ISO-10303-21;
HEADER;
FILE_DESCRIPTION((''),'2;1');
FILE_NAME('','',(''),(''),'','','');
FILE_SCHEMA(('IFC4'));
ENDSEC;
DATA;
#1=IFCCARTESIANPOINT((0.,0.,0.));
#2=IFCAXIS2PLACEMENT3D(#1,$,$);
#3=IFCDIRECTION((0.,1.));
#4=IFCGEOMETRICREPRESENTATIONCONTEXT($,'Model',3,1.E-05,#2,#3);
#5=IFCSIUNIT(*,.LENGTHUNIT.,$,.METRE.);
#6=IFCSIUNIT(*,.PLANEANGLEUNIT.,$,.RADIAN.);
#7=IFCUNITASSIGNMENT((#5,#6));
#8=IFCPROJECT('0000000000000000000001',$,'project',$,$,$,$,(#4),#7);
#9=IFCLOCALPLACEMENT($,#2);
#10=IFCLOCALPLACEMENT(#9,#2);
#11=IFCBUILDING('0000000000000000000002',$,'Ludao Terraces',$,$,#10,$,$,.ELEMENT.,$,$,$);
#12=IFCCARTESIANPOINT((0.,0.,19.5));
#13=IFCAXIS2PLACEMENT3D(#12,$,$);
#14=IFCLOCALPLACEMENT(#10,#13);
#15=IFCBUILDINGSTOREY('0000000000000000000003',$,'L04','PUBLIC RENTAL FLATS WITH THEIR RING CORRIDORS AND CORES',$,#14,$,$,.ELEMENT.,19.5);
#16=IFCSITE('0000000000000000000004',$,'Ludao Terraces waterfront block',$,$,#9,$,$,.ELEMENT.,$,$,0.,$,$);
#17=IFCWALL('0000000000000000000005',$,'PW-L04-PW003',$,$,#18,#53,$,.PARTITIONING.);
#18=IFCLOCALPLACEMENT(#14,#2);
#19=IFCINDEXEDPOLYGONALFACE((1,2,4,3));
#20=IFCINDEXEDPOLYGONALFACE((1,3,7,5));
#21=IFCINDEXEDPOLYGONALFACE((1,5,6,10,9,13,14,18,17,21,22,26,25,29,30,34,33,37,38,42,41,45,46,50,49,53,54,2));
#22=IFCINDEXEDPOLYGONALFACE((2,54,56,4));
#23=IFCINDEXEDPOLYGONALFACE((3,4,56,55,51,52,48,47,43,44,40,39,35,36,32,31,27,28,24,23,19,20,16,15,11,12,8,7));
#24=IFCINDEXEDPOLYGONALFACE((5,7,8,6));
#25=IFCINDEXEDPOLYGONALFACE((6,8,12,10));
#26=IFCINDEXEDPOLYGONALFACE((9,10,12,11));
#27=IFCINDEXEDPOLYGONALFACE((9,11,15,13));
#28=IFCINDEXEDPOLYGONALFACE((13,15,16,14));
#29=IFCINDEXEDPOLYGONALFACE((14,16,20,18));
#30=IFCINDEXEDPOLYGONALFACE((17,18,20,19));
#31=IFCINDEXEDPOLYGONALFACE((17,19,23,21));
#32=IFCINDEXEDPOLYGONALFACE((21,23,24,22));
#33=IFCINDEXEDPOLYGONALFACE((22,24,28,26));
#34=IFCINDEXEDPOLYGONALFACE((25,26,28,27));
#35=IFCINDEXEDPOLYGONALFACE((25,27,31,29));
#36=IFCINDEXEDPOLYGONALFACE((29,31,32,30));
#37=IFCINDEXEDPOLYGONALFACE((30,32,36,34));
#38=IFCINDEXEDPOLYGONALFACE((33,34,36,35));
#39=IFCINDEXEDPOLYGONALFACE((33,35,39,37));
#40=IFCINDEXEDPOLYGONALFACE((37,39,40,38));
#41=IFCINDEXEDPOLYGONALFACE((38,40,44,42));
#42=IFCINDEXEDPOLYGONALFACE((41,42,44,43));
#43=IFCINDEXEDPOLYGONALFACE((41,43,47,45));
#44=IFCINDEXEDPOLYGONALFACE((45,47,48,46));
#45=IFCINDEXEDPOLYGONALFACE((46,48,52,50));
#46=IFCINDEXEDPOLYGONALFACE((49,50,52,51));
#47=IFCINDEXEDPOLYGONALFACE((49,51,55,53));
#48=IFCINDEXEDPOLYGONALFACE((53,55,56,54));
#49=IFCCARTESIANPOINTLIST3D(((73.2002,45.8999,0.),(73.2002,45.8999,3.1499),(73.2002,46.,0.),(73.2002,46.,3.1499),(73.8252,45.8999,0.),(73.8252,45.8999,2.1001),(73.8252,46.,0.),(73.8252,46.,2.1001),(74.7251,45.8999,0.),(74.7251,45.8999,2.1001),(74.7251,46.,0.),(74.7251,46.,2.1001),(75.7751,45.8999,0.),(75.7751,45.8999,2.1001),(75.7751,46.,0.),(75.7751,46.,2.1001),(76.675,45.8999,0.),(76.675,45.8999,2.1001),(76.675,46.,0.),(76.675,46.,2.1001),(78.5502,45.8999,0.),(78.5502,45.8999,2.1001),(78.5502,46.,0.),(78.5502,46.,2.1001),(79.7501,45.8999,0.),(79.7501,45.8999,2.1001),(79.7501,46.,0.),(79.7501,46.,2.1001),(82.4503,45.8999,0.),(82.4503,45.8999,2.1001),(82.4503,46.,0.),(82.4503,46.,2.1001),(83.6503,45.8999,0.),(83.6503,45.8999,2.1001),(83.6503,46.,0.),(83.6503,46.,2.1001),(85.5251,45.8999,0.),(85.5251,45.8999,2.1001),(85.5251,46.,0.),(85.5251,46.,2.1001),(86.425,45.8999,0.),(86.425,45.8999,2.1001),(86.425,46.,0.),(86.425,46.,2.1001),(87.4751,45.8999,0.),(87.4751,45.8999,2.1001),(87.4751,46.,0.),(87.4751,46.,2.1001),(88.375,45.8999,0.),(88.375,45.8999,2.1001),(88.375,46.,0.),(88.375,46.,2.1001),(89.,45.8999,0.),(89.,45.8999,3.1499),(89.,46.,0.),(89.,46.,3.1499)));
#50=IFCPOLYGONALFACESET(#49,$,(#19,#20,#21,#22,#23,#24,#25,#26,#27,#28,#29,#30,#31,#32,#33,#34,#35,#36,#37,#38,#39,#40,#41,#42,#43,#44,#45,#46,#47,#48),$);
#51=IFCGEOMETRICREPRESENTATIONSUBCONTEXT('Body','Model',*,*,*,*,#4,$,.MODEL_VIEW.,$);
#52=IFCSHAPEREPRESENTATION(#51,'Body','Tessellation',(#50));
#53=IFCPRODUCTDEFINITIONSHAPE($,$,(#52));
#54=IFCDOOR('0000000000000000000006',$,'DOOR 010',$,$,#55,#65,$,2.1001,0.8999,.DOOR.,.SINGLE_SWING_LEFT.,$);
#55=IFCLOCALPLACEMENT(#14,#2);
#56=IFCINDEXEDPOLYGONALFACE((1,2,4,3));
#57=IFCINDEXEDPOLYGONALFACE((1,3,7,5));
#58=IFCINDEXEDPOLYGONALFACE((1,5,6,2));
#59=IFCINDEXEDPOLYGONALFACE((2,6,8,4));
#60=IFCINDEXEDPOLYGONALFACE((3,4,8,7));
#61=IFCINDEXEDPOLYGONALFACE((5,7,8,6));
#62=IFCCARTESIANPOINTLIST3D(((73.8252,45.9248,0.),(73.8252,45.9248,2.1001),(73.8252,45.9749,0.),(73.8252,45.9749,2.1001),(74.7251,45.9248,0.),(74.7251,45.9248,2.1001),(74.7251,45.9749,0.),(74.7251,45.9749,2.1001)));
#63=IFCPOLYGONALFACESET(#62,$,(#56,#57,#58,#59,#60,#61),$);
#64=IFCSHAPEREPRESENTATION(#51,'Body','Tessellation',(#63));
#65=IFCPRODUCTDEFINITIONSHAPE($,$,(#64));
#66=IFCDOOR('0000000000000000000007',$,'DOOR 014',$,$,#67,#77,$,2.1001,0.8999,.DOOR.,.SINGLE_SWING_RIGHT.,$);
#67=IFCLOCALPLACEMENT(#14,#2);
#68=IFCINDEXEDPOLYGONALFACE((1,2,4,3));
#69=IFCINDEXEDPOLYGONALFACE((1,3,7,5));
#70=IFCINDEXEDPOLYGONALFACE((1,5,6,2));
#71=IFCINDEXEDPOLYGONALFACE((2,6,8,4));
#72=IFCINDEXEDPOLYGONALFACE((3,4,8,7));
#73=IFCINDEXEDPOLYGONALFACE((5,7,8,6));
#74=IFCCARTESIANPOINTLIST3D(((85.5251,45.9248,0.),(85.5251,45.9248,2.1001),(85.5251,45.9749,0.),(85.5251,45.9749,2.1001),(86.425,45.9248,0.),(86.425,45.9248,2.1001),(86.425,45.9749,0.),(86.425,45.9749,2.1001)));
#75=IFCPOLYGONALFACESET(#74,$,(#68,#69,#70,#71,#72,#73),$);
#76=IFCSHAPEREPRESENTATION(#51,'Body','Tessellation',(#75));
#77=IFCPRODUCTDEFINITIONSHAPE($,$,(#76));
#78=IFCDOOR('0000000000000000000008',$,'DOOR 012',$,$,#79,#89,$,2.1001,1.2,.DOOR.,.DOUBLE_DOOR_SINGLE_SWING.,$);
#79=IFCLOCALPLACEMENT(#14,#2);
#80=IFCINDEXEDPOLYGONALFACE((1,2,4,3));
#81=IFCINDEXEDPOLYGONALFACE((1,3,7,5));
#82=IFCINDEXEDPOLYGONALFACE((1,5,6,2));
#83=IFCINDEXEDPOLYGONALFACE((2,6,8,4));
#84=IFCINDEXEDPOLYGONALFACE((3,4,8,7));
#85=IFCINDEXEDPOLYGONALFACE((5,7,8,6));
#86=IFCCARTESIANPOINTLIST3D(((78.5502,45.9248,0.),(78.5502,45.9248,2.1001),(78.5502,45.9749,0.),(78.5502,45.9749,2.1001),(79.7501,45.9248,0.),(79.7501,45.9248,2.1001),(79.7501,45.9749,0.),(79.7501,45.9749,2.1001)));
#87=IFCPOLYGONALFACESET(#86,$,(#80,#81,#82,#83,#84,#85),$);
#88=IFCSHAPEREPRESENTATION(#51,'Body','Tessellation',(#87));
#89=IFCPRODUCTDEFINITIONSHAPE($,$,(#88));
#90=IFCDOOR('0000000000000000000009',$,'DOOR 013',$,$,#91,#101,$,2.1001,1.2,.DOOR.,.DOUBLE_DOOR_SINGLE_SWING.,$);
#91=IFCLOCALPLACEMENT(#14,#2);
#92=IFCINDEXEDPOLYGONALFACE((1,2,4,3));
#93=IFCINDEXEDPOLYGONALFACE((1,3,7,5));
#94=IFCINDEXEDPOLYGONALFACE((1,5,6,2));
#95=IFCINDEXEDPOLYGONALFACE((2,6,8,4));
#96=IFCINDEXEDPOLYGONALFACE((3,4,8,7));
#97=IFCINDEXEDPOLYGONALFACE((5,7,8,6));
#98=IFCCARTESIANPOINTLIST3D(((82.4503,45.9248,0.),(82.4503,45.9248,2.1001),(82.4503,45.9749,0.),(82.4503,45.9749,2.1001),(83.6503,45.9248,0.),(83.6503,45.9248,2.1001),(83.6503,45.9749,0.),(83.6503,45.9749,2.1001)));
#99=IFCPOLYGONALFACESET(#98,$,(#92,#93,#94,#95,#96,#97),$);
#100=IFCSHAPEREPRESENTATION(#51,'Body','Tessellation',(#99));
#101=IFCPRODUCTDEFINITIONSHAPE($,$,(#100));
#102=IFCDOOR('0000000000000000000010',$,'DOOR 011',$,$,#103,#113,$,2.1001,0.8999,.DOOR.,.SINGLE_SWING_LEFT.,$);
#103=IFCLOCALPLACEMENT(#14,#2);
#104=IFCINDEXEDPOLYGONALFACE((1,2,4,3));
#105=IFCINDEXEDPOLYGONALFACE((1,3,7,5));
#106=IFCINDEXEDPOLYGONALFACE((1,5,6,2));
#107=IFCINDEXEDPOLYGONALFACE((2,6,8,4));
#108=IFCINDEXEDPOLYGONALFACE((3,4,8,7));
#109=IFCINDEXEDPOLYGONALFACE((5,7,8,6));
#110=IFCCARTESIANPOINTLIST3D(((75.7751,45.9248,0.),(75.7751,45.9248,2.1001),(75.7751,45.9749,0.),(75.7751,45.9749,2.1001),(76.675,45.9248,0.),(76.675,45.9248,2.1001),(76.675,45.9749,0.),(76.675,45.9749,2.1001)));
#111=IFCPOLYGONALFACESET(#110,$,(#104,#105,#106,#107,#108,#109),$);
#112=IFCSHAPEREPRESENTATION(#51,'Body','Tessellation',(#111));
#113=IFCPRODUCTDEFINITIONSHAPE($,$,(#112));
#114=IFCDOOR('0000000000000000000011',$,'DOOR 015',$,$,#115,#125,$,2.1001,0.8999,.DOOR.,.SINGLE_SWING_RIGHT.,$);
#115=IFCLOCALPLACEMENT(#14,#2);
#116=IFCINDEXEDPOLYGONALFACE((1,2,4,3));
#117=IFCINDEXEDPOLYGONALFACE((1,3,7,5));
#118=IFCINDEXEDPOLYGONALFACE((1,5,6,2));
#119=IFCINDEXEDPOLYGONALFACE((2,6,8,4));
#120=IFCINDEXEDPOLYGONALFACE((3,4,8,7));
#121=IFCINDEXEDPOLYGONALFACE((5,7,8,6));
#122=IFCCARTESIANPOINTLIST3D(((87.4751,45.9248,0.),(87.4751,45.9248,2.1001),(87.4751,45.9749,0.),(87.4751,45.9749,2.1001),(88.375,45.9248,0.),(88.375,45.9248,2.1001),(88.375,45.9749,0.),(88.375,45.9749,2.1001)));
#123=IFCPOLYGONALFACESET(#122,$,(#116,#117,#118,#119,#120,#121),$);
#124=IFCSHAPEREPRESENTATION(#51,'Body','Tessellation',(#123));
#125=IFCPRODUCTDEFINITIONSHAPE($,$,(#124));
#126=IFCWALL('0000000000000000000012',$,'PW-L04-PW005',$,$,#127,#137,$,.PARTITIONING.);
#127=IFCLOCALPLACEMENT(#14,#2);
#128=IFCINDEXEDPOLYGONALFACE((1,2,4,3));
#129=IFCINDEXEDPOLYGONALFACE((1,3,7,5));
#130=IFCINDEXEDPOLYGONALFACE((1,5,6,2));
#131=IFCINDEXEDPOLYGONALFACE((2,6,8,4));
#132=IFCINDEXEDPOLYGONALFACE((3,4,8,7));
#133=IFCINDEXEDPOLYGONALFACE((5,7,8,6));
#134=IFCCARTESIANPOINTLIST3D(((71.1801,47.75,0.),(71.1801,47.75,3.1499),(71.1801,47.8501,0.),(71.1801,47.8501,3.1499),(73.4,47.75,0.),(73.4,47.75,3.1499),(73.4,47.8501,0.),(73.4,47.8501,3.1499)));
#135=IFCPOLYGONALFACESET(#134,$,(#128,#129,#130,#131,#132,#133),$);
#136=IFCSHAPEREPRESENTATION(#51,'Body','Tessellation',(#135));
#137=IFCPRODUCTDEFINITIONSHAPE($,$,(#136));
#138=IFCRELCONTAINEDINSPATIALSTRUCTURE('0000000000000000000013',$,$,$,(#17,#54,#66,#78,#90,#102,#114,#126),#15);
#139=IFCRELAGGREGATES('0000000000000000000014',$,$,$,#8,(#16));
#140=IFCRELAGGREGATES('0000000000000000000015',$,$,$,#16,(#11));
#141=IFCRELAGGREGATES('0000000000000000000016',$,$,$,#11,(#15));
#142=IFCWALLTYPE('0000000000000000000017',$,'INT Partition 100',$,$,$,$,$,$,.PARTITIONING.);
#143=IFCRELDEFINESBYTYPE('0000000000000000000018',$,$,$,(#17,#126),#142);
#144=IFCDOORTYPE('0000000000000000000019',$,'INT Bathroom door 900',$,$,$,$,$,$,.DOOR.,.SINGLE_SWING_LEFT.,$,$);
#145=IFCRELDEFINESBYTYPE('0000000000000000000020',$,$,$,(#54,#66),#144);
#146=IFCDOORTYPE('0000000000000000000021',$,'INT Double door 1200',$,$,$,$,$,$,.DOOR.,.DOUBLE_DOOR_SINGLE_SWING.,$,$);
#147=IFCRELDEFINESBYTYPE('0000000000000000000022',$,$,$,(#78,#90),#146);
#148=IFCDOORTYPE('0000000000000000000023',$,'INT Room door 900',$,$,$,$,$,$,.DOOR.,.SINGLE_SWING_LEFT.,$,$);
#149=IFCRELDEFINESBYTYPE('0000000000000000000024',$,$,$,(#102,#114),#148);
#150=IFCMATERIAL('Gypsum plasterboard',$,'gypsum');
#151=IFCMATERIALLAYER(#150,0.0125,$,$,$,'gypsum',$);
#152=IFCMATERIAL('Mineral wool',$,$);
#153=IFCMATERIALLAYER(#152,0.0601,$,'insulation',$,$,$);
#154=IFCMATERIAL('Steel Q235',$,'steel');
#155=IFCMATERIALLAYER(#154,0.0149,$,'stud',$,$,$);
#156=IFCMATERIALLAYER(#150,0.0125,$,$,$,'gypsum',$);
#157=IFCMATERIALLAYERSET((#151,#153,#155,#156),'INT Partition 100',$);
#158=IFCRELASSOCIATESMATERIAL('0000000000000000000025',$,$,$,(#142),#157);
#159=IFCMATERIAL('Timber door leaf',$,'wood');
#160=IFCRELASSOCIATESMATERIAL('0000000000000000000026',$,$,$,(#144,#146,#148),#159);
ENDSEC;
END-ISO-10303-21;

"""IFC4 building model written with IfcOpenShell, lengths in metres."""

from ifc_helpers import new_model, si_unit, direction, frame, frame_2d, origin, place, context, subcontext, project, spatial, rectangle, extrude, material, layer, layer_set, type_object, element, fill, save


model = new_model("IFC4")

# Units and contexts
model_context = context("Model", 3, precision=1e-05, world=origin(), true_north=direction((0.0, 1.0)))
body_context = subcontext(model_context, "Body", "Model", "MODEL_VIEW")
ifc_project = project(units=[si_unit("LENGTHUNIT", "METRE"), si_unit("PLANEANGLEUNIT", "RADIAN")], contexts=[model_context])

# Site, building, storey
site_placement = place(None, origin())
site = spatial("IfcSite", under=ifc_project, at=site_placement, Name="Ludao Terraces waterfront block", CompositionType="ELEMENT", RefElevation=0.0)
building_placement = place(site_placement, origin())
building = spatial("IfcBuilding", under=site, at=building_placement, Name="Ludao Terraces", CompositionType="ELEMENT")
storey_placement = place(building_placement, frame((0.0, 0.0, 19.5)))
storey = spatial("IfcBuildingStorey", under=building, at=storey_placement, Name="L04", Description="PUBLIC RENTAL FLATS WITH THEIR RING CORRIDORS AND CORES", CompositionType="ELEMENT", Elevation=19.5)

# Shared definitions
ifc_material_1 = material(Name="Mineral wool")

# Wall, openings, doors
ifc_material_2 = material(Name="Gypsum plasterboard", Category="gypsum")
ifc_layer_1 = layer(ifc_material_2, 0.0125, Category="gypsum")
ifc_layer_2 = layer(ifc_material_1, 0.0601, Name="insulation")
ifc_material_3 = material(Name="Steel Q235", Category="steel")
ifc_layer_3 = layer(ifc_material_3, 0.0149, Name="stud")
ifc_layer_4 = layer(ifc_material_2, 0.0125, Category="gypsum")
ifc_layer_set_1 = layer_set([ifc_layer_1, ifc_layer_2, ifc_layer_3, ifc_layer_4], Name="INT Partition 100")
wall_type_1 = type_object("IfcWallType", Name="INT Partition 100", PredefinedType="PARTITIONING", material=ifc_layer_set_1)
wall_1_placement = place(storey_placement, frame((73.2002, 45.95, 0.0), z_axis=(0.0, 0.0, 1.0), x_axis=(1.0, 0.0, 0.0)))
wall_1 = element("IfcWall", 1, at=wall_1_placement, inside=storey, type_object=wall_type_1, Name="PW-L04-PW003", PredefinedType="PARTITIONING", context=body_context, shape_type="SweptSolid", body=[
    extrude(rectangle(XDim=15.7998, YDim=0.1001, at=frame_2d((7.8999, 0.0))), origin(), (0.0, 0.0, 1.0), 3.1499),
])
opening_1_placement = place(wall_1_placement, frame((0.625, 0.0, 0.0)))
opening_1 = element("IfcOpeningElement", 2, at=opening_1_placement, cuts=wall_1, PredefinedType="OPENING", context=body_context, shape_type="SweptSolid", body=[
    extrude(rectangle(XDim=0.8999, YDim=2.1001, at=frame_2d((0.45, 1.05))), frame((0.0, 0.0601, 0.0), z_axis=(0.0, -1.0, 0.0), x_axis=(1.0, 0.0, 0.0)), (0.0, 0.0, 1.0), 0.1201),
])
opening_2_placement = place(wall_1_placement, frame((2.575, 0.0, 0.0)))
opening_2 = element("IfcOpeningElement", 3, at=opening_2_placement, cuts=wall_1, PredefinedType="OPENING", context=body_context, shape_type="SweptSolid", body=[
    extrude(rectangle(XDim=0.8999, YDim=2.1001, at=frame_2d((0.45, 1.05))), frame((0.0, 0.0601, 0.0), z_axis=(0.0, -1.0, 0.0), x_axis=(1.0, 0.0, 0.0)), (0.0, 0.0, 1.0), 0.1201),
])
opening_3_placement = place(wall_1_placement, frame((5.3499, 0.0, 0.0)))
opening_3 = element("IfcOpeningElement", 4, at=opening_3_placement, cuts=wall_1, PredefinedType="OPENING", context=body_context, shape_type="SweptSolid", body=[
    extrude(rectangle(XDim=1.2, YDim=2.1001, at=frame_2d((0.6001, 1.05))), frame((0.0, 0.0601, 0.0), z_axis=(0.0, -1.0, 0.0), x_axis=(1.0, 0.0, 0.0)), (0.0, 0.0, 1.0), 0.1201),
])
opening_4_placement = place(wall_1_placement, frame((9.25, 0.0, 0.0)))
opening_4 = element("IfcOpeningElement", 5, at=opening_4_placement, cuts=wall_1, PredefinedType="OPENING", context=body_context, shape_type="SweptSolid", body=[
    extrude(rectangle(XDim=1.2, YDim=2.1001, at=frame_2d((0.6001, 1.05))), frame((0.0, 0.0601, 0.0), z_axis=(0.0, -1.0, 0.0), x_axis=(1.0, 0.0, 0.0)), (0.0, 0.0, 1.0), 0.1201),
])
opening_5_placement = place(wall_1_placement, frame((12.325, 0.0, 0.0)))
opening_5 = element("IfcOpeningElement", 6, at=opening_5_placement, cuts=wall_1, PredefinedType="OPENING", context=body_context, shape_type="SweptSolid", body=[
    extrude(rectangle(XDim=0.8999, YDim=2.1001, at=frame_2d((0.45, 1.05))), frame((0.0, 0.0601, 0.0), z_axis=(0.0, -1.0, 0.0), x_axis=(1.0, 0.0, 0.0)), (0.0, 0.0, 1.0), 0.1201),
])
opening_6_placement = place(wall_1_placement, frame((14.2749, 0.0, 0.0)))
opening_6 = element("IfcOpeningElement", 7, at=opening_6_placement, cuts=wall_1, PredefinedType="OPENING", context=body_context, shape_type="SweptSolid", body=[
    extrude(rectangle(XDim=0.8999, YDim=2.1001, at=frame_2d((0.45, 1.05))), frame((0.0, 0.0601, 0.0), z_axis=(0.0, -1.0, 0.0), x_axis=(1.0, 0.0, 0.0)), (0.0, 0.0, 1.0), 0.1201),
])
ifc_material_4 = material(Name="Timber door leaf", Category="wood")
door_type_1 = type_object("IfcDoorType", Name="INT Bathroom door 900", OperationType="SINGLE_SWING_LEFT", PredefinedType="DOOR", material=ifc_material_4)
door_1_placement = place(opening_1_placement, origin())
door_1 = element("IfcDoor", 8, at=door_1_placement, inside=storey, type_object=door_type_1, Name="DOOR 010", OperationType="SINGLE_SWING_LEFT", OverallHeight=2.1001, OverallWidth=0.8999, PredefinedType="DOOR", context=body_context, shape_type="SweptSolid", body=[
    extrude(rectangle(XDim=0.8999, YDim=2.1001, at=frame_2d((0.45, 1.05))), frame((0.0, 0.0249, 0.0), z_axis=(0.0, -1.0, 0.0), x_axis=(1.0, 0.0, 0.0)), (0.0, 0.0, 1.0), 0.05),
])
fill(opening_1, door_1)
door_2_placement = place(opening_5_placement, origin())
door_2 = element("IfcDoor", 9, at=door_2_placement, inside=storey, type_object=door_type_1, Name="DOOR 014", OperationType="SINGLE_SWING_RIGHT", OverallHeight=2.1001, OverallWidth=0.8999, PredefinedType="DOOR", context=body_context, shape_type="SweptSolid", body=[
    extrude(rectangle(XDim=0.8999, YDim=2.1001, at=frame_2d((0.45, 1.05))), frame((0.0, 0.0249, 0.0), z_axis=(0.0, -1.0, 0.0), x_axis=(1.0, 0.0, 0.0)), (0.0, 0.0, 1.0), 0.05),
])
fill(opening_5, door_2)
door_type_2 = type_object("IfcDoorType", Name="INT Double door 1200", OperationType="DOUBLE_DOOR_SINGLE_SWING", PredefinedType="DOOR", material=ifc_material_4)
door_3_placement = place(opening_3_placement, origin())
door_3 = element("IfcDoor", 10, at=door_3_placement, inside=storey, type_object=door_type_2, Name="DOOR 012", OperationType="DOUBLE_DOOR_SINGLE_SWING", OverallHeight=2.1001, OverallWidth=1.2, PredefinedType="DOOR", context=body_context, shape_type="SweptSolid", body=[
    extrude(rectangle(XDim=1.2, YDim=2.1001, at=frame_2d((0.6001, 1.05))), frame((0.0, 0.0249, 0.0), z_axis=(0.0, -1.0, 0.0), x_axis=(1.0, 0.0, 0.0)), (0.0, 0.0, 1.0), 0.05),
])
fill(opening_3, door_3)
door_4_placement = place(opening_4_placement, origin())
door_4 = element("IfcDoor", 11, at=door_4_placement, inside=storey, type_object=door_type_2, Name="DOOR 013", OperationType="DOUBLE_DOOR_SINGLE_SWING", OverallHeight=2.1001, OverallWidth=1.2, PredefinedType="DOOR", context=body_context, shape_type="SweptSolid", body=[
    extrude(rectangle(XDim=1.2, YDim=2.1001, at=frame_2d((0.6001, 1.05))), frame((0.0, 0.0249, 0.0), z_axis=(0.0, -1.0, 0.0), x_axis=(1.0, 0.0, 0.0)), (0.0, 0.0, 1.0), 0.05),
])
fill(opening_4, door_4)
door_type_3 = type_object("IfcDoorType", Name="INT Room door 900", OperationType="SINGLE_SWING_LEFT", PredefinedType="DOOR", material=ifc_material_4)
door_5_placement = place(opening_2_placement, origin())
door_5 = element("IfcDoor", 12, at=door_5_placement, inside=storey, type_object=door_type_3, Name="DOOR 011", OperationType="SINGLE_SWING_LEFT", OverallHeight=2.1001, OverallWidth=0.8999, PredefinedType="DOOR", context=body_context, shape_type="SweptSolid", body=[
    extrude(rectangle(XDim=0.8999, YDim=2.1001, at=frame_2d((0.45, 1.05))), frame((0.0, 0.0249, 0.0), z_axis=(0.0, -1.0, 0.0), x_axis=(1.0, 0.0, 0.0)), (0.0, 0.0, 1.0), 0.05),
])
fill(opening_2, door_5)
door_6_placement = place(opening_6_placement, origin())
door_6 = element("IfcDoor", 13, at=door_6_placement, inside=storey, type_object=door_type_3, Name="DOOR 015", OperationType="SINGLE_SWING_RIGHT", OverallHeight=2.1001, OverallWidth=0.8999, PredefinedType="DOOR", context=body_context, shape_type="SweptSolid", body=[
    extrude(rectangle(XDim=0.8999, YDim=2.1001, at=frame_2d((0.45, 1.05))), frame((0.0, 0.0249, 0.0), z_axis=(0.0, -1.0, 0.0), x_axis=(1.0, 0.0, 0.0)), (0.0, 0.0, 1.0), 0.05),
])
fill(opening_6, door_6)

# Wall
wall_2_placement = place(storey_placement, frame((71.1802, 47.8, 0.0), z_axis=(0.0, 0.0, 1.0), x_axis=(1.0, 0.0, 0.0)))
element("IfcWall", 14, at=wall_2_placement, inside=storey, type_object=wall_type_1, Name="PW-L04-PW005", PredefinedType="PARTITIONING", context=body_context, shape_type="SweptSolid", body=[
    extrude(rectangle(XDim=2.22, YDim=0.1001, at=frame_2d((1.1099, 0.0))), origin(), (0.0, 0.0, 1.0), 3.1499),
])

save(model, "model.ifc")
